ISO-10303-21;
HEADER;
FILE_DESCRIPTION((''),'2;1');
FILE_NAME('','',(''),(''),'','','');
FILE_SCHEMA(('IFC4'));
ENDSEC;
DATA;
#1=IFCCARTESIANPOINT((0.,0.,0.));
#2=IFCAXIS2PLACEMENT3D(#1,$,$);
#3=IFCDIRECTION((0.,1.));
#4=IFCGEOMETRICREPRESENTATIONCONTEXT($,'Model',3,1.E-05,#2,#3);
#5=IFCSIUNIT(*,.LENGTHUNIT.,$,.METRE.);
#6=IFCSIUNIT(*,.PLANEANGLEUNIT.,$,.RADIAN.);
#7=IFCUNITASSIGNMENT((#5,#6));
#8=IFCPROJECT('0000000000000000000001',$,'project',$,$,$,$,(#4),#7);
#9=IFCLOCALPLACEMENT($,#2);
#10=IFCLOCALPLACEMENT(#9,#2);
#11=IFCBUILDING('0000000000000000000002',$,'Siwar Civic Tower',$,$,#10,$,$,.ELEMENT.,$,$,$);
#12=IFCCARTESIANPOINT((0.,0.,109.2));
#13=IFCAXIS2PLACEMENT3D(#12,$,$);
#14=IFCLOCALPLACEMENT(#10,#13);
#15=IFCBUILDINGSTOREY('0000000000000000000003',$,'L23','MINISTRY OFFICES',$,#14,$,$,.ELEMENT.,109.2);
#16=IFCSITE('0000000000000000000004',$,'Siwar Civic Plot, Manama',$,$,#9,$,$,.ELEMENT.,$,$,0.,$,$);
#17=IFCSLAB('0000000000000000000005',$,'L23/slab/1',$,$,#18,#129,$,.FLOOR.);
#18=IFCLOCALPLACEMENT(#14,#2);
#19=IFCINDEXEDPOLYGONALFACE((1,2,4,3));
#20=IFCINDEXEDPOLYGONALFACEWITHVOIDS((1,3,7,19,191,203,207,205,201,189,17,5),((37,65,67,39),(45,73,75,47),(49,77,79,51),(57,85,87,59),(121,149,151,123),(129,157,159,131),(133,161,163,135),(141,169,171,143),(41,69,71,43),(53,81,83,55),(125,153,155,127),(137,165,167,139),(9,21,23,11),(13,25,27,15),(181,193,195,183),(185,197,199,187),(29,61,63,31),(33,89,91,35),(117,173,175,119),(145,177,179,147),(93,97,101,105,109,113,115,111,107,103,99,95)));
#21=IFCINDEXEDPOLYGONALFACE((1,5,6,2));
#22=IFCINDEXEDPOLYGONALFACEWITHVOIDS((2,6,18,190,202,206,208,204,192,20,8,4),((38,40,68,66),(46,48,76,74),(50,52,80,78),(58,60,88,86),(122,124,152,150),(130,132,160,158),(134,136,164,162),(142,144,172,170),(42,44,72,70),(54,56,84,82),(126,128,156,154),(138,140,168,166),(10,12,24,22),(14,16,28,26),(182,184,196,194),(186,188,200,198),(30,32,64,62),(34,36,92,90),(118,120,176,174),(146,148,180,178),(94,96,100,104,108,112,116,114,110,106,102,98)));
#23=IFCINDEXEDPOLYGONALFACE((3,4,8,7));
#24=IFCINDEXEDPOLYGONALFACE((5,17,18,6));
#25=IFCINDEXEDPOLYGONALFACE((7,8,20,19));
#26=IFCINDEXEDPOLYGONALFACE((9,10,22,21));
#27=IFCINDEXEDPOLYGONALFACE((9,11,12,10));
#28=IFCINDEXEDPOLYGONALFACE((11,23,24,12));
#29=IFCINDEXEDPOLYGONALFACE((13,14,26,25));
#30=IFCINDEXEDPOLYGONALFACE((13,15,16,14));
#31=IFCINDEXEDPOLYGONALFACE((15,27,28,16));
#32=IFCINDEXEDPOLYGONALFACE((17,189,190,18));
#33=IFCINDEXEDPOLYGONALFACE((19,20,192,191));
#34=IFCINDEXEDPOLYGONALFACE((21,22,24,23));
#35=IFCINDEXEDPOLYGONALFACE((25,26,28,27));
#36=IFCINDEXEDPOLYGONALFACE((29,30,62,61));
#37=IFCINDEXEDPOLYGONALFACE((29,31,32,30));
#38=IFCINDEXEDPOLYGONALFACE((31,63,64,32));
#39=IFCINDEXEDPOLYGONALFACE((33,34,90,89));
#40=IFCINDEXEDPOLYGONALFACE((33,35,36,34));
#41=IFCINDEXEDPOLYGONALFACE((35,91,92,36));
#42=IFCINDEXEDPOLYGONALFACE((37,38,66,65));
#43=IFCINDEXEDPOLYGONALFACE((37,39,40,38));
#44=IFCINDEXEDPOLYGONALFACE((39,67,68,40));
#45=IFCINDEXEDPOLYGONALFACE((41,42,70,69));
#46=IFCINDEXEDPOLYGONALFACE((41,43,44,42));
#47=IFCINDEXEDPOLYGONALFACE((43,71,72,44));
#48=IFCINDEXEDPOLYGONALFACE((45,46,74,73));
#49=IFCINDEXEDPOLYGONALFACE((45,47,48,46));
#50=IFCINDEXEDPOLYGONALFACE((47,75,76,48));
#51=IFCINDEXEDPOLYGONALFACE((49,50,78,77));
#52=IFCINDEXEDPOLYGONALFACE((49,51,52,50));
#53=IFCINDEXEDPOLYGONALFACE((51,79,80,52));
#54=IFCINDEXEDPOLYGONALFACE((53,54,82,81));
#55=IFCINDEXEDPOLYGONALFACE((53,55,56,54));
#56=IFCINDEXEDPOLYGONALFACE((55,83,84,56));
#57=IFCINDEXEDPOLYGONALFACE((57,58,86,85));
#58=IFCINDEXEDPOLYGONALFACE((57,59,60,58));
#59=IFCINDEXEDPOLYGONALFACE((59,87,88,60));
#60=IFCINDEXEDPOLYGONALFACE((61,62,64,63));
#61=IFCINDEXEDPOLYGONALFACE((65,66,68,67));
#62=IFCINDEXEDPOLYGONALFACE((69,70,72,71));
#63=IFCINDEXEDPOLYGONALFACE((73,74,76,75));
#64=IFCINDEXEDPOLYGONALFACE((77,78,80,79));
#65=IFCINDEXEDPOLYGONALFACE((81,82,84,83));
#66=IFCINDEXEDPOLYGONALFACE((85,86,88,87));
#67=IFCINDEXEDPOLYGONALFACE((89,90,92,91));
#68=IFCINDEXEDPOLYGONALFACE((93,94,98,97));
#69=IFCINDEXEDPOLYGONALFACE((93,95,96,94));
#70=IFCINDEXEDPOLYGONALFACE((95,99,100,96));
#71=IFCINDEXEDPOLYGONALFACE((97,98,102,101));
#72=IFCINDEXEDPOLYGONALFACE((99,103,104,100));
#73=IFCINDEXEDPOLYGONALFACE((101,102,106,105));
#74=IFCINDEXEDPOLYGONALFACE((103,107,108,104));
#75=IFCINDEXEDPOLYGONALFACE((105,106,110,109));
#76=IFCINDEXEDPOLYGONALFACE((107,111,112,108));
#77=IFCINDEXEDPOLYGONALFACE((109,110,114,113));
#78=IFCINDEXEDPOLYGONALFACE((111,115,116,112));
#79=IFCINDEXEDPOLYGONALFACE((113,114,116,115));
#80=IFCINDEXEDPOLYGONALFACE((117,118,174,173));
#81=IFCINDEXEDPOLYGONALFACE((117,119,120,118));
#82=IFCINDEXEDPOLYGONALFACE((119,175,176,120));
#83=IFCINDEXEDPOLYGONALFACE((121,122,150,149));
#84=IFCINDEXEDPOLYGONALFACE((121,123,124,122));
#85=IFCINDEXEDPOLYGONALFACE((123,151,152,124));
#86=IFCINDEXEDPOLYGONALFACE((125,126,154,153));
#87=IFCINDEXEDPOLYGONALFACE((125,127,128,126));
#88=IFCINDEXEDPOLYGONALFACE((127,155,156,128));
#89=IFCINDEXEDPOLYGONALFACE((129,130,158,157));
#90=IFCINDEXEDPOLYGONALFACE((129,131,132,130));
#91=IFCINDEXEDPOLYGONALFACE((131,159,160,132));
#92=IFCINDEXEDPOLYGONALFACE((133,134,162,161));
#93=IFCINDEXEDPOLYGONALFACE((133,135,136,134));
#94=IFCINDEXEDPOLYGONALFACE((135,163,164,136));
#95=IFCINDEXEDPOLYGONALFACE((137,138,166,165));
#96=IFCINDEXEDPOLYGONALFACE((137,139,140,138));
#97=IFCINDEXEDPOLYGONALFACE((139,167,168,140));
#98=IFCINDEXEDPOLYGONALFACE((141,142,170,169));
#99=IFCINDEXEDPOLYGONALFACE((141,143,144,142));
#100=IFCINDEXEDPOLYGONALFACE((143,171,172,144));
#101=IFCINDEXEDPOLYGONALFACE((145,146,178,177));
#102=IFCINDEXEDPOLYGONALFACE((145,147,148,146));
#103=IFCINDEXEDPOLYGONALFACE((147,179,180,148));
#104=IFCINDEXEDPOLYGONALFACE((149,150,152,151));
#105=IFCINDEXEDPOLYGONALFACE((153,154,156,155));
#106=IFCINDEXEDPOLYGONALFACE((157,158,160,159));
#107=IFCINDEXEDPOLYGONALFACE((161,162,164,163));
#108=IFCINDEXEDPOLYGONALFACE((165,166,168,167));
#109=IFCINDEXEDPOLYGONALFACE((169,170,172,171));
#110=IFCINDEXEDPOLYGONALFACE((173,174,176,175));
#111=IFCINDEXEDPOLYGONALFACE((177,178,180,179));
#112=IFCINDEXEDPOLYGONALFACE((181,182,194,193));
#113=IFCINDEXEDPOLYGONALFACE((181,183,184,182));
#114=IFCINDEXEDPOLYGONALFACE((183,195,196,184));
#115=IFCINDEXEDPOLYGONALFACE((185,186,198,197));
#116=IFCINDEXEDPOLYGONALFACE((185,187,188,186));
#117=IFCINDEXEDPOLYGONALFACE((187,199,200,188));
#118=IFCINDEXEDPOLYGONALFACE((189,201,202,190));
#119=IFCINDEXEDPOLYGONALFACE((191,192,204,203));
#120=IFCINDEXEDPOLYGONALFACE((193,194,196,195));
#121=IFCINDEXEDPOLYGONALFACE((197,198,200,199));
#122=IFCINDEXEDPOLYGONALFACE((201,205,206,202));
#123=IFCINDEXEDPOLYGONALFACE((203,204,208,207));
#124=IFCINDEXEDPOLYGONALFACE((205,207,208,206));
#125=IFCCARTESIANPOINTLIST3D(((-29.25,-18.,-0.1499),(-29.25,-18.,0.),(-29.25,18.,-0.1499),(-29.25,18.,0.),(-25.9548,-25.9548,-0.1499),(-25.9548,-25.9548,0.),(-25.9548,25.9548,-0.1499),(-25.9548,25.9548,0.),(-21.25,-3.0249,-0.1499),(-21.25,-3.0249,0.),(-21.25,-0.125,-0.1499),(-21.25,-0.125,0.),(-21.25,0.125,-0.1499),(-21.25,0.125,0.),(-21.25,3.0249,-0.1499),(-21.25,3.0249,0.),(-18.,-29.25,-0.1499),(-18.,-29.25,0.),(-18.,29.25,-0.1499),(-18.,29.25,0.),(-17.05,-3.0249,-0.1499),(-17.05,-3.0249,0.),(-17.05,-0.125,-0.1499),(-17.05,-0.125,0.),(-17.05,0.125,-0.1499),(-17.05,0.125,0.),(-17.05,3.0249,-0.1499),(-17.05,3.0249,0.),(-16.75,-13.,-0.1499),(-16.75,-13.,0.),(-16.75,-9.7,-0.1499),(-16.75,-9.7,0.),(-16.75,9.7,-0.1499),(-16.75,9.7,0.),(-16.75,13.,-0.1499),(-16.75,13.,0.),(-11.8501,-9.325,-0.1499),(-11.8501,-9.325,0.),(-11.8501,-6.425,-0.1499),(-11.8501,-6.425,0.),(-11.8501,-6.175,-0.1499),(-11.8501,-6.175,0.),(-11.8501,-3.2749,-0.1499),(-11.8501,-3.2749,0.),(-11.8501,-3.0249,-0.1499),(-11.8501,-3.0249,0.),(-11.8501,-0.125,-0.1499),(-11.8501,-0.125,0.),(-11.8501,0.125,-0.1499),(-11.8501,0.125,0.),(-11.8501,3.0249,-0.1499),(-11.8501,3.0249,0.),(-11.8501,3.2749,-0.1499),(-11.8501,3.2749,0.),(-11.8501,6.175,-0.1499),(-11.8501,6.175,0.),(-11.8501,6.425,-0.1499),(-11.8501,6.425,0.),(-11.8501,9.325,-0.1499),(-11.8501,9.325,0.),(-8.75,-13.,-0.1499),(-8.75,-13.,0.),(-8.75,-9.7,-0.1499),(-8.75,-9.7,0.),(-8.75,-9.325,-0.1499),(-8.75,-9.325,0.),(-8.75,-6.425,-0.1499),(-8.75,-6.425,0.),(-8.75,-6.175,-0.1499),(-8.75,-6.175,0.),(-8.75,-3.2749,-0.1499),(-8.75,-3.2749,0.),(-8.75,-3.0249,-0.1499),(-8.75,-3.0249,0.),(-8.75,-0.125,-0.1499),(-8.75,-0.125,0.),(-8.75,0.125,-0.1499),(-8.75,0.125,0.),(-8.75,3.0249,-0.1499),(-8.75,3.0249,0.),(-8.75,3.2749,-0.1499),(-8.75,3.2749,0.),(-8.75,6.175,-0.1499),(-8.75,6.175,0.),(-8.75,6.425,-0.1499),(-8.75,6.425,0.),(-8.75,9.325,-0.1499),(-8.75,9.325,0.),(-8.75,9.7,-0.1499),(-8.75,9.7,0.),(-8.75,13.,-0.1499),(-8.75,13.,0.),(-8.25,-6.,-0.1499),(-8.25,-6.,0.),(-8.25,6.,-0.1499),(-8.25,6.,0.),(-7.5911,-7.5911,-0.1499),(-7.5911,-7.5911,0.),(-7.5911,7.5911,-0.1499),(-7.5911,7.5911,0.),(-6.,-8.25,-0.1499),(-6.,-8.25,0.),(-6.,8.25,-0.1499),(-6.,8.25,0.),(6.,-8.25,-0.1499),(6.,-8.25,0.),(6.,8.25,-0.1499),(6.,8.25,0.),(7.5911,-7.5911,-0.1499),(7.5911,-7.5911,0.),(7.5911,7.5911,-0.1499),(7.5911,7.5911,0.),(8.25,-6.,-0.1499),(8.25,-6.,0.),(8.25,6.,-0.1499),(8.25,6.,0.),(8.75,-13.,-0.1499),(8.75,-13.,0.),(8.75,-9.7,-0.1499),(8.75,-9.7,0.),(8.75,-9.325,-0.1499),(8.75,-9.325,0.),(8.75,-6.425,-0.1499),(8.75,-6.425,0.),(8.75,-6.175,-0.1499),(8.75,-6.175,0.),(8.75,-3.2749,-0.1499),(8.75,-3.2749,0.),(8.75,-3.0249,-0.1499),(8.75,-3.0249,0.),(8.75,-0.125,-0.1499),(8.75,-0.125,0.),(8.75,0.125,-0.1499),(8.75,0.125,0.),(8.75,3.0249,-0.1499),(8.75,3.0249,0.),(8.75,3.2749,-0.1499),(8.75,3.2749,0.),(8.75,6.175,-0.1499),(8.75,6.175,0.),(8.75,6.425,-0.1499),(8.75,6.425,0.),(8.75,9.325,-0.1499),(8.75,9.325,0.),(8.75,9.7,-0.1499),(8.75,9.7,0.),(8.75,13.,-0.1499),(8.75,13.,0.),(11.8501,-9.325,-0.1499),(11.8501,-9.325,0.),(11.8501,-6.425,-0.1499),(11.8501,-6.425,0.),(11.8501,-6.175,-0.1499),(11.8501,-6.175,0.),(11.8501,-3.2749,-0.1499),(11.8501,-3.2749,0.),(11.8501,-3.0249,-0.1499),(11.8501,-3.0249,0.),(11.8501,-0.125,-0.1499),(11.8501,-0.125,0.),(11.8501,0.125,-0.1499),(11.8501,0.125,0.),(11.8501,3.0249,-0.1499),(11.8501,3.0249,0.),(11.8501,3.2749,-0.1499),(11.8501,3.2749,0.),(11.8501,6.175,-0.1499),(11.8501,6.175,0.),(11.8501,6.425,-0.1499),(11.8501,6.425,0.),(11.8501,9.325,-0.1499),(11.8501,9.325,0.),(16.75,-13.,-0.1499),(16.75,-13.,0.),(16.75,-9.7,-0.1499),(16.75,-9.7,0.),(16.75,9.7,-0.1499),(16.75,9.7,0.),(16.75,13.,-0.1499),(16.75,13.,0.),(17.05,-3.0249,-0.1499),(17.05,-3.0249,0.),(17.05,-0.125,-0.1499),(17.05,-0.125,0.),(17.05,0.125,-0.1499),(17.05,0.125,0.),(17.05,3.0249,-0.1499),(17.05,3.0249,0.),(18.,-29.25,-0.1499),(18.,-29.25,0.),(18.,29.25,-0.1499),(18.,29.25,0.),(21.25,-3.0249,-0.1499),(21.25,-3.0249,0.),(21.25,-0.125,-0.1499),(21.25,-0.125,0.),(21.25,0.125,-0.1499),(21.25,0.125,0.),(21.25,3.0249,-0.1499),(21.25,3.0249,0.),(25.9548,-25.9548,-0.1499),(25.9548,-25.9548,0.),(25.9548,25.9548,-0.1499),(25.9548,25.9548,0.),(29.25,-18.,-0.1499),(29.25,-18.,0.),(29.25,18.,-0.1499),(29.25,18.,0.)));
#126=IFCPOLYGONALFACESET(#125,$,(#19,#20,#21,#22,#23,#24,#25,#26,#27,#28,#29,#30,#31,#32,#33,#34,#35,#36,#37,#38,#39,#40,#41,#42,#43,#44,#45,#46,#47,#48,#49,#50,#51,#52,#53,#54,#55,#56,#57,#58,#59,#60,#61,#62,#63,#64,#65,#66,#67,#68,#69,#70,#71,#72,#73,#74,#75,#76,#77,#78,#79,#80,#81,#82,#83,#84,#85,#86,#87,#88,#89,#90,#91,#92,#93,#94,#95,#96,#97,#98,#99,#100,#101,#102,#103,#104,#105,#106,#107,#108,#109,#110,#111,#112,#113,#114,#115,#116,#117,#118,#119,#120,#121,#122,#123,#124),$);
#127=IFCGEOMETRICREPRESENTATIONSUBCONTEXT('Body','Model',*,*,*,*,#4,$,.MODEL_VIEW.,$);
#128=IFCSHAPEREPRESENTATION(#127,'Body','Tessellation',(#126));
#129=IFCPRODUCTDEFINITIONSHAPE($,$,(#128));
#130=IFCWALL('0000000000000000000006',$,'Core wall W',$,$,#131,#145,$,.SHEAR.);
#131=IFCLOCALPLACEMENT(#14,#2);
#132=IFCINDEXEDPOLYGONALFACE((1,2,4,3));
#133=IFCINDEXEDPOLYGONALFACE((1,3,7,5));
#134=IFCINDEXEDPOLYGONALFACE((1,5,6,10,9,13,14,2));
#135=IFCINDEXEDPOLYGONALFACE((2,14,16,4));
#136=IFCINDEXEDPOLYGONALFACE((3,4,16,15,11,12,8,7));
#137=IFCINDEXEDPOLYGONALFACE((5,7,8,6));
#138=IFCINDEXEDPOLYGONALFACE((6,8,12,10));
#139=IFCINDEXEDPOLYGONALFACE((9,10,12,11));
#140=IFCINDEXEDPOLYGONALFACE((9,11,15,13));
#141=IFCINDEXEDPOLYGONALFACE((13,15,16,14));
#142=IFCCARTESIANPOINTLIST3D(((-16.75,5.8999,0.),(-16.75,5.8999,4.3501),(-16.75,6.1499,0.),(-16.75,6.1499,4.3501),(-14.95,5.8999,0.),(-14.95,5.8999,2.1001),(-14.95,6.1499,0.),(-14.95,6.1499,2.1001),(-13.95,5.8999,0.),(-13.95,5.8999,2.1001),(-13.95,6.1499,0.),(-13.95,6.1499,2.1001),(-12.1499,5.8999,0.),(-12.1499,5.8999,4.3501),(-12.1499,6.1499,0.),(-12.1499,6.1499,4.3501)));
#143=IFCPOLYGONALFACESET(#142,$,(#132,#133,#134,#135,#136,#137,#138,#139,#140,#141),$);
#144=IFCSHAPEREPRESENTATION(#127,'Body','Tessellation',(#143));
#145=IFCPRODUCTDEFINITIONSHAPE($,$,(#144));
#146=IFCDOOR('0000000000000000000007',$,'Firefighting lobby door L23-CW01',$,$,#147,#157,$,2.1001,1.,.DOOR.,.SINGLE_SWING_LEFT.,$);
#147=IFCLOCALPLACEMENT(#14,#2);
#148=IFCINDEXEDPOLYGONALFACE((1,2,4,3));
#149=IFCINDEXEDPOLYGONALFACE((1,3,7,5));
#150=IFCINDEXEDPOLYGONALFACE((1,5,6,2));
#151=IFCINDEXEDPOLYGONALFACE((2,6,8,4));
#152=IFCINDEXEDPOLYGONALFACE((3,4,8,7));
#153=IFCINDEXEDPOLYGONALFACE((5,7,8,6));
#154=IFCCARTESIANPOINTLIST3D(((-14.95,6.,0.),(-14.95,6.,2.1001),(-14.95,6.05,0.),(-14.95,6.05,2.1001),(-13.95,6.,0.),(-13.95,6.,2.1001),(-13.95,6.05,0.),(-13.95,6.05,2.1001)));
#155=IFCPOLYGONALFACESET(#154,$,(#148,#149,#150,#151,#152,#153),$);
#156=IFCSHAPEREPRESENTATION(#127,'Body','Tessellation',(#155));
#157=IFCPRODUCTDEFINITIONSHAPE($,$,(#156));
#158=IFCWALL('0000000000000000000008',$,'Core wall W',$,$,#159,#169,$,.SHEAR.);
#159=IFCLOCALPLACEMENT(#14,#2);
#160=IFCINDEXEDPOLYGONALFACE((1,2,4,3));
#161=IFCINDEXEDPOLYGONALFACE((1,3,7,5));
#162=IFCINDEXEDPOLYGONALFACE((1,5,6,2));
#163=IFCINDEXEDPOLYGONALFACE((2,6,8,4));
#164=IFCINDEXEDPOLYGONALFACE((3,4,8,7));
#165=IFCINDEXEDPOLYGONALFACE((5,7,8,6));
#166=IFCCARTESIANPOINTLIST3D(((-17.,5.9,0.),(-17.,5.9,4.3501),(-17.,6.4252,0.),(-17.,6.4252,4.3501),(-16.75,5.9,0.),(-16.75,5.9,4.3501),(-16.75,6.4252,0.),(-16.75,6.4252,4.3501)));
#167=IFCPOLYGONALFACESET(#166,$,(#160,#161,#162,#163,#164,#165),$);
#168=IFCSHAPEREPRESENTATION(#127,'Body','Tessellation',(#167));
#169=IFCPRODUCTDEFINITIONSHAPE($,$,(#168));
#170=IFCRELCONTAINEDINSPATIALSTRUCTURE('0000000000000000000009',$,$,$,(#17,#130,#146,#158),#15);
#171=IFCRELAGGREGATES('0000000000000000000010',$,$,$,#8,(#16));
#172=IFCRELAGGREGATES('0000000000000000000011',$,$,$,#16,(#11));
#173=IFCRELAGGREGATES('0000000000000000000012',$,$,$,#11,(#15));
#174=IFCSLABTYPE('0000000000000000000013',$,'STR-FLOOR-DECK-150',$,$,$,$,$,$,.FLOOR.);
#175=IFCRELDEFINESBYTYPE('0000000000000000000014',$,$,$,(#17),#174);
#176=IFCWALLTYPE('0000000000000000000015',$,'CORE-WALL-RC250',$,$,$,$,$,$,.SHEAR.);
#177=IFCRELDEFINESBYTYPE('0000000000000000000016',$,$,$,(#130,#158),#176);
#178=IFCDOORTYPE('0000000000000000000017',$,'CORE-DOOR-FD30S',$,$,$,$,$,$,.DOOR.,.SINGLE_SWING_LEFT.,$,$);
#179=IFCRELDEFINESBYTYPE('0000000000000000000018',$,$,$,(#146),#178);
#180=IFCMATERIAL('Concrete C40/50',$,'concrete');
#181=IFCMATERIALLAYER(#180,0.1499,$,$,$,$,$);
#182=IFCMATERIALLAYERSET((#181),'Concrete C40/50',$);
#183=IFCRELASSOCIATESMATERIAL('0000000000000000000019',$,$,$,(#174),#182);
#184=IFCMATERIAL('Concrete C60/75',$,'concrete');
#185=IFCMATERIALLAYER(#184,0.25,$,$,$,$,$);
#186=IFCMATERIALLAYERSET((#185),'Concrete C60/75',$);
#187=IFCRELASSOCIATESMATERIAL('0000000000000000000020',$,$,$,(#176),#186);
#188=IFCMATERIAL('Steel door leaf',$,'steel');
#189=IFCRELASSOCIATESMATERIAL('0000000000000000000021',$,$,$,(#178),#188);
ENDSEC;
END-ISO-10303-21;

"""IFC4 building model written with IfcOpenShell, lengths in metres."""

from ifc_helpers import new_model, si_unit, direction, frame, frame_2d, origin, place, context, subcontext, project, spatial, polyline, rectangle, outline, extrude, material, layer, layer_set, type_object, element, fill, save


model = new_model("IFC4")

# Units and contexts
model_context = context("Model", 3, precision=1e-05, world=origin(), true_north=direction((0.0, 1.0)))
body_context = subcontext(model_context, "Body", "Model", "MODEL_VIEW")
ifc_project = project(units=[si_unit("LENGTHUNIT", "METRE"), si_unit("PLANEANGLEUNIT", "RADIAN")], contexts=[model_context])

# Site, building, storey
site_placement = place(None, origin())
site = spatial("IfcSite", under=ifc_project, at=site_placement, Name="Siwar Civic Plot, Manama", CompositionType="ELEMENT", RefElevation=0.0)
building_placement = place(site_placement, origin())
building = spatial("IfcBuilding", under=site, at=building_placement, Name="Siwar Civic Tower", CompositionType="ELEMENT")
storey_placement = place(building_placement, frame((0.0, 0.0, 109.2)))
storey = spatial("IfcBuildingStorey", under=building, at=storey_placement, Name="L23", Description="MINISTRY OFFICES", CompositionType="ELEMENT", Elevation=109.2)

# Slab
ifc_material_1 = material(Name="Concrete C40/50", Category="concrete")
ifc_layer_1 = layer(ifc_material_1, 0.1499)
ifc_layer_set_1 = layer_set([ifc_layer_1], Name="Concrete C40/50")
slab_type_1 = type_object("IfcSlabType", Name="STR-FLOOR-DECK-150", PredefinedType="FLOOR", material=ifc_layer_set_1)
slab_1_placement = place(storey_placement, frame((0.0, 0.0, -0.1499)))
element("IfcSlab", 1, at=slab_1_placement, inside=storey, type_object=slab_type_1, Name="L23/slab/1", PredefinedType="FLOOR", context=body_context, shape_type="SweptSolid", body=[
    extrude(outline(polyline([(-18.0, -29.25), (18.0, -29.25), (25.9548, -25.9548), (29.25, -18.0), (29.25, 18.0), (25.9548, 25.9548), (18.0, 29.25), (-18.0, 29.25), (-25.9548, 25.9548), (-29.25, 18.0), (-29.25, -18.0), (-25.9548, -25.9548), (-18.0, -29.25)]), holes=[polyline([(21.25, 3.0249), (21.25, 0.125), (17.05, 0.125), (17.05, 3.0249), (21.25, 3.0249)]), polyline([(17.05, -0.125), (21.25, -0.125), (21.25, -3.0249), (17.05, -3.0249), (17.05, -0.125)]), polyline([(16.75, 13.0), (16.75, 9.7), (8.75, 9.7), (8.75, 13.0), (16.75, 13.0)]), polyline([(8.75, -9.7), (16.75, -9.7), (16.75, -13.0), (8.75, -13.0), (8.75, -9.7)]), polyline([(11.8501, 9.325), (11.8501, 6.425), (8.75, 6.425), (8.75, 9.325), (11.8501, 9.325)]), polyline([(11.8501, 3.0249), (11.8501, 0.125), (8.75, 0.125), (8.75, 3.0249), (11.8501, 3.0249)]), polyline([(11.8501, -0.125), (11.8501, -3.0249), (8.75, -3.0249), (8.75, -0.125), (11.8501, -0.125)]), polyline([(11.8501, -3.2749), (11.8501, -6.175), (8.75, -6.175), (8.75, -3.2749), (11.8501, -3.2749)]), polyline([(8.75, 6.175), (11.8501, 6.175), (11.8501, 3.2749), (8.75, 3.2749), (8.75, 6.175)]), polyline([(8.75, -6.425), (11.8501, -6.425), (11.8501, -9.325), (8.75, -9.325), (8.75, -6.425)]), polyline([(-6.0, 8.25), (6.0, 8.25), (7.5911, 7.5911), (8.25, 6.0), (8.25, -6.0), (7.5911, -7.5911), (6.0, -8.25), (-6.0, -8.25), (-7.5911, -7.5911), (-8.25, -6.0), (-8.25, 6.0), (-7.5911, 7.5911), (-6.0, 8.25)]), polyline([(-8.75, 9.7), (-16.75, 9.7), (-16.75, 13.0), (-8.75, 13.0), (-8.75, 9.7)]), polyline([(-8.75, 0.125), (-11.8501, 0.125), (-11.8501, 3.0249), (-8.75, 3.0249), (-8.75, 0.125)]), polyline([(-8.75, -6.175), (-11.8501, -6.175), (-11.8501, -3.2749), (-8.75, -3.2749), (-8.75, -6.175)]), polyline([(-8.75, -9.325), (-11.8501, -9.325), (-11.8501, -6.425), (-8.75, -6.425), (-8.75, -9.325)]), polyline([(-8.75, -13.0), (-16.75, -13.0), (-16.75, -9.7), (-8.75, -9.7), (-8.75, -13.0)]), polyline([(-11.8501, 6.425), (-11.8501, 9.325), (-8.75, 9.325), (-8.75, 6.425), (-11.8501, 6.425)]), polyline([(-11.8501, 3.2749), (-11.8501, 6.175), (-8.75, 6.175), (-8.75, 3.2749), (-11.8501, 3.2749)]), polyline([(-11.8501, -3.0249), (-11.8501, -0.125), (-8.75, -0.125), (-8.75, -3.0249), (-11.8501, -3.0249)]), polyline([(-21.25, -3.0249), (-21.25, -0.125), (-17.05, -0.125), (-17.05, -3.0249), (-21.25, -3.0249)]), polyline([(-17.05, 0.125), (-21.25, 0.125), (-21.25, 3.0249), (-17.05, 3.0249), (-17.05, 0.125)])]), origin(), (0.0, 0.0, 1.0), 0.1499),
])

# Wall, opening, door
ifc_material_2 = material(Name="Concrete C60/75", Category="concrete")
ifc_layer_2 = layer(ifc_material_2, 0.25)
ifc_layer_set_2 = layer_set([ifc_layer_2], Name="Concrete C60/75")
wall_type_1 = type_object("IfcWallType", Name="CORE-WALL-RC250", PredefinedType="SHEAR", material=ifc_layer_set_2)
wall_1_placement = place(storey_placement, frame((-12.1499, 6.0249, 0.0), z_axis=(0.0, 0.0, 1.0), x_axis=(-1.0, 0.0, 0.0)))
wall_1 = element("IfcWall", 2, at=wall_1_placement, inside=storey, type_object=wall_type_1, Name="Core wall W", PredefinedType="SHEAR", context=body_context, shape_type="SweptSolid", body=[
    extrude(rectangle(XDim=4.6001, YDim=0.25, at=frame_2d((2.3, 0.0))), origin(), (0.0, 0.0, 1.0), 4.3501),
])
opening_placement = place(wall_1_placement, frame((1.8, 0.0, 0.0)))
opening = element("IfcOpeningElement", 3, at=opening_placement, cuts=wall_1, PredefinedType="OPENING", context=body_context, shape_type="SweptSolid", body=[
    extrude(rectangle(XDim=1.0, YDim=2.1001, at=frame_2d((0.5, 1.05))), frame((0.0, 0.135, 0.0), z_axis=(0.0, -1.0, 0.0), x_axis=(1.0, 0.0, 0.0)), (0.0, 0.0, 1.0), 0.27),
])
ifc_material_3 = material(Name="Steel door leaf", Category="steel")
door_type = type_object("IfcDoorType", Name="CORE-DOOR-FD30S", OperationType="SINGLE_SWING_LEFT", PredefinedType="DOOR", material=ifc_material_3)
door_placement = place(opening_placement, origin())
door = element("IfcDoor", 4, at=door_placement, inside=storey, type_object=door_type, Name="Firefighting lobby door L23-CW01", OperationType="SINGLE_SWING_LEFT", OverallHeight=2.1001, OverallWidth=1.0, PredefinedType="DOOR", context=body_context, shape_type="SweptSolid", body=[
    extrude(rectangle(XDim=1.0, YDim=2.1001, at=frame_2d((0.5, 1.05))), frame((0.0, 0.0249, 0.0), z_axis=(0.0, -1.0, 0.0), x_axis=(1.0, 0.0, 0.0)), (0.0, 0.0, 1.0), 0.05),
])
fill(opening, door)

# Wall
wall_2_placement = place(storey_placement, frame((-16.875, 5.8999, 0.0), z_axis=(0.0, 0.0, 1.0), x_axis=(0.0, 1.0, 0.0)))
element("IfcWall", 5, at=wall_2_placement, inside=storey, type_object=wall_type_1, Name="Core wall W", PredefinedType="SHEAR", context=body_context, shape_type="SweptSolid", body=[
    extrude(rectangle(XDim=0.5251, YDim=0.25, at=frame_2d((0.2627, 0.0))), origin(), (0.0, 0.0, 1.0), 4.3501),
])

save(model, "model.ifc")
